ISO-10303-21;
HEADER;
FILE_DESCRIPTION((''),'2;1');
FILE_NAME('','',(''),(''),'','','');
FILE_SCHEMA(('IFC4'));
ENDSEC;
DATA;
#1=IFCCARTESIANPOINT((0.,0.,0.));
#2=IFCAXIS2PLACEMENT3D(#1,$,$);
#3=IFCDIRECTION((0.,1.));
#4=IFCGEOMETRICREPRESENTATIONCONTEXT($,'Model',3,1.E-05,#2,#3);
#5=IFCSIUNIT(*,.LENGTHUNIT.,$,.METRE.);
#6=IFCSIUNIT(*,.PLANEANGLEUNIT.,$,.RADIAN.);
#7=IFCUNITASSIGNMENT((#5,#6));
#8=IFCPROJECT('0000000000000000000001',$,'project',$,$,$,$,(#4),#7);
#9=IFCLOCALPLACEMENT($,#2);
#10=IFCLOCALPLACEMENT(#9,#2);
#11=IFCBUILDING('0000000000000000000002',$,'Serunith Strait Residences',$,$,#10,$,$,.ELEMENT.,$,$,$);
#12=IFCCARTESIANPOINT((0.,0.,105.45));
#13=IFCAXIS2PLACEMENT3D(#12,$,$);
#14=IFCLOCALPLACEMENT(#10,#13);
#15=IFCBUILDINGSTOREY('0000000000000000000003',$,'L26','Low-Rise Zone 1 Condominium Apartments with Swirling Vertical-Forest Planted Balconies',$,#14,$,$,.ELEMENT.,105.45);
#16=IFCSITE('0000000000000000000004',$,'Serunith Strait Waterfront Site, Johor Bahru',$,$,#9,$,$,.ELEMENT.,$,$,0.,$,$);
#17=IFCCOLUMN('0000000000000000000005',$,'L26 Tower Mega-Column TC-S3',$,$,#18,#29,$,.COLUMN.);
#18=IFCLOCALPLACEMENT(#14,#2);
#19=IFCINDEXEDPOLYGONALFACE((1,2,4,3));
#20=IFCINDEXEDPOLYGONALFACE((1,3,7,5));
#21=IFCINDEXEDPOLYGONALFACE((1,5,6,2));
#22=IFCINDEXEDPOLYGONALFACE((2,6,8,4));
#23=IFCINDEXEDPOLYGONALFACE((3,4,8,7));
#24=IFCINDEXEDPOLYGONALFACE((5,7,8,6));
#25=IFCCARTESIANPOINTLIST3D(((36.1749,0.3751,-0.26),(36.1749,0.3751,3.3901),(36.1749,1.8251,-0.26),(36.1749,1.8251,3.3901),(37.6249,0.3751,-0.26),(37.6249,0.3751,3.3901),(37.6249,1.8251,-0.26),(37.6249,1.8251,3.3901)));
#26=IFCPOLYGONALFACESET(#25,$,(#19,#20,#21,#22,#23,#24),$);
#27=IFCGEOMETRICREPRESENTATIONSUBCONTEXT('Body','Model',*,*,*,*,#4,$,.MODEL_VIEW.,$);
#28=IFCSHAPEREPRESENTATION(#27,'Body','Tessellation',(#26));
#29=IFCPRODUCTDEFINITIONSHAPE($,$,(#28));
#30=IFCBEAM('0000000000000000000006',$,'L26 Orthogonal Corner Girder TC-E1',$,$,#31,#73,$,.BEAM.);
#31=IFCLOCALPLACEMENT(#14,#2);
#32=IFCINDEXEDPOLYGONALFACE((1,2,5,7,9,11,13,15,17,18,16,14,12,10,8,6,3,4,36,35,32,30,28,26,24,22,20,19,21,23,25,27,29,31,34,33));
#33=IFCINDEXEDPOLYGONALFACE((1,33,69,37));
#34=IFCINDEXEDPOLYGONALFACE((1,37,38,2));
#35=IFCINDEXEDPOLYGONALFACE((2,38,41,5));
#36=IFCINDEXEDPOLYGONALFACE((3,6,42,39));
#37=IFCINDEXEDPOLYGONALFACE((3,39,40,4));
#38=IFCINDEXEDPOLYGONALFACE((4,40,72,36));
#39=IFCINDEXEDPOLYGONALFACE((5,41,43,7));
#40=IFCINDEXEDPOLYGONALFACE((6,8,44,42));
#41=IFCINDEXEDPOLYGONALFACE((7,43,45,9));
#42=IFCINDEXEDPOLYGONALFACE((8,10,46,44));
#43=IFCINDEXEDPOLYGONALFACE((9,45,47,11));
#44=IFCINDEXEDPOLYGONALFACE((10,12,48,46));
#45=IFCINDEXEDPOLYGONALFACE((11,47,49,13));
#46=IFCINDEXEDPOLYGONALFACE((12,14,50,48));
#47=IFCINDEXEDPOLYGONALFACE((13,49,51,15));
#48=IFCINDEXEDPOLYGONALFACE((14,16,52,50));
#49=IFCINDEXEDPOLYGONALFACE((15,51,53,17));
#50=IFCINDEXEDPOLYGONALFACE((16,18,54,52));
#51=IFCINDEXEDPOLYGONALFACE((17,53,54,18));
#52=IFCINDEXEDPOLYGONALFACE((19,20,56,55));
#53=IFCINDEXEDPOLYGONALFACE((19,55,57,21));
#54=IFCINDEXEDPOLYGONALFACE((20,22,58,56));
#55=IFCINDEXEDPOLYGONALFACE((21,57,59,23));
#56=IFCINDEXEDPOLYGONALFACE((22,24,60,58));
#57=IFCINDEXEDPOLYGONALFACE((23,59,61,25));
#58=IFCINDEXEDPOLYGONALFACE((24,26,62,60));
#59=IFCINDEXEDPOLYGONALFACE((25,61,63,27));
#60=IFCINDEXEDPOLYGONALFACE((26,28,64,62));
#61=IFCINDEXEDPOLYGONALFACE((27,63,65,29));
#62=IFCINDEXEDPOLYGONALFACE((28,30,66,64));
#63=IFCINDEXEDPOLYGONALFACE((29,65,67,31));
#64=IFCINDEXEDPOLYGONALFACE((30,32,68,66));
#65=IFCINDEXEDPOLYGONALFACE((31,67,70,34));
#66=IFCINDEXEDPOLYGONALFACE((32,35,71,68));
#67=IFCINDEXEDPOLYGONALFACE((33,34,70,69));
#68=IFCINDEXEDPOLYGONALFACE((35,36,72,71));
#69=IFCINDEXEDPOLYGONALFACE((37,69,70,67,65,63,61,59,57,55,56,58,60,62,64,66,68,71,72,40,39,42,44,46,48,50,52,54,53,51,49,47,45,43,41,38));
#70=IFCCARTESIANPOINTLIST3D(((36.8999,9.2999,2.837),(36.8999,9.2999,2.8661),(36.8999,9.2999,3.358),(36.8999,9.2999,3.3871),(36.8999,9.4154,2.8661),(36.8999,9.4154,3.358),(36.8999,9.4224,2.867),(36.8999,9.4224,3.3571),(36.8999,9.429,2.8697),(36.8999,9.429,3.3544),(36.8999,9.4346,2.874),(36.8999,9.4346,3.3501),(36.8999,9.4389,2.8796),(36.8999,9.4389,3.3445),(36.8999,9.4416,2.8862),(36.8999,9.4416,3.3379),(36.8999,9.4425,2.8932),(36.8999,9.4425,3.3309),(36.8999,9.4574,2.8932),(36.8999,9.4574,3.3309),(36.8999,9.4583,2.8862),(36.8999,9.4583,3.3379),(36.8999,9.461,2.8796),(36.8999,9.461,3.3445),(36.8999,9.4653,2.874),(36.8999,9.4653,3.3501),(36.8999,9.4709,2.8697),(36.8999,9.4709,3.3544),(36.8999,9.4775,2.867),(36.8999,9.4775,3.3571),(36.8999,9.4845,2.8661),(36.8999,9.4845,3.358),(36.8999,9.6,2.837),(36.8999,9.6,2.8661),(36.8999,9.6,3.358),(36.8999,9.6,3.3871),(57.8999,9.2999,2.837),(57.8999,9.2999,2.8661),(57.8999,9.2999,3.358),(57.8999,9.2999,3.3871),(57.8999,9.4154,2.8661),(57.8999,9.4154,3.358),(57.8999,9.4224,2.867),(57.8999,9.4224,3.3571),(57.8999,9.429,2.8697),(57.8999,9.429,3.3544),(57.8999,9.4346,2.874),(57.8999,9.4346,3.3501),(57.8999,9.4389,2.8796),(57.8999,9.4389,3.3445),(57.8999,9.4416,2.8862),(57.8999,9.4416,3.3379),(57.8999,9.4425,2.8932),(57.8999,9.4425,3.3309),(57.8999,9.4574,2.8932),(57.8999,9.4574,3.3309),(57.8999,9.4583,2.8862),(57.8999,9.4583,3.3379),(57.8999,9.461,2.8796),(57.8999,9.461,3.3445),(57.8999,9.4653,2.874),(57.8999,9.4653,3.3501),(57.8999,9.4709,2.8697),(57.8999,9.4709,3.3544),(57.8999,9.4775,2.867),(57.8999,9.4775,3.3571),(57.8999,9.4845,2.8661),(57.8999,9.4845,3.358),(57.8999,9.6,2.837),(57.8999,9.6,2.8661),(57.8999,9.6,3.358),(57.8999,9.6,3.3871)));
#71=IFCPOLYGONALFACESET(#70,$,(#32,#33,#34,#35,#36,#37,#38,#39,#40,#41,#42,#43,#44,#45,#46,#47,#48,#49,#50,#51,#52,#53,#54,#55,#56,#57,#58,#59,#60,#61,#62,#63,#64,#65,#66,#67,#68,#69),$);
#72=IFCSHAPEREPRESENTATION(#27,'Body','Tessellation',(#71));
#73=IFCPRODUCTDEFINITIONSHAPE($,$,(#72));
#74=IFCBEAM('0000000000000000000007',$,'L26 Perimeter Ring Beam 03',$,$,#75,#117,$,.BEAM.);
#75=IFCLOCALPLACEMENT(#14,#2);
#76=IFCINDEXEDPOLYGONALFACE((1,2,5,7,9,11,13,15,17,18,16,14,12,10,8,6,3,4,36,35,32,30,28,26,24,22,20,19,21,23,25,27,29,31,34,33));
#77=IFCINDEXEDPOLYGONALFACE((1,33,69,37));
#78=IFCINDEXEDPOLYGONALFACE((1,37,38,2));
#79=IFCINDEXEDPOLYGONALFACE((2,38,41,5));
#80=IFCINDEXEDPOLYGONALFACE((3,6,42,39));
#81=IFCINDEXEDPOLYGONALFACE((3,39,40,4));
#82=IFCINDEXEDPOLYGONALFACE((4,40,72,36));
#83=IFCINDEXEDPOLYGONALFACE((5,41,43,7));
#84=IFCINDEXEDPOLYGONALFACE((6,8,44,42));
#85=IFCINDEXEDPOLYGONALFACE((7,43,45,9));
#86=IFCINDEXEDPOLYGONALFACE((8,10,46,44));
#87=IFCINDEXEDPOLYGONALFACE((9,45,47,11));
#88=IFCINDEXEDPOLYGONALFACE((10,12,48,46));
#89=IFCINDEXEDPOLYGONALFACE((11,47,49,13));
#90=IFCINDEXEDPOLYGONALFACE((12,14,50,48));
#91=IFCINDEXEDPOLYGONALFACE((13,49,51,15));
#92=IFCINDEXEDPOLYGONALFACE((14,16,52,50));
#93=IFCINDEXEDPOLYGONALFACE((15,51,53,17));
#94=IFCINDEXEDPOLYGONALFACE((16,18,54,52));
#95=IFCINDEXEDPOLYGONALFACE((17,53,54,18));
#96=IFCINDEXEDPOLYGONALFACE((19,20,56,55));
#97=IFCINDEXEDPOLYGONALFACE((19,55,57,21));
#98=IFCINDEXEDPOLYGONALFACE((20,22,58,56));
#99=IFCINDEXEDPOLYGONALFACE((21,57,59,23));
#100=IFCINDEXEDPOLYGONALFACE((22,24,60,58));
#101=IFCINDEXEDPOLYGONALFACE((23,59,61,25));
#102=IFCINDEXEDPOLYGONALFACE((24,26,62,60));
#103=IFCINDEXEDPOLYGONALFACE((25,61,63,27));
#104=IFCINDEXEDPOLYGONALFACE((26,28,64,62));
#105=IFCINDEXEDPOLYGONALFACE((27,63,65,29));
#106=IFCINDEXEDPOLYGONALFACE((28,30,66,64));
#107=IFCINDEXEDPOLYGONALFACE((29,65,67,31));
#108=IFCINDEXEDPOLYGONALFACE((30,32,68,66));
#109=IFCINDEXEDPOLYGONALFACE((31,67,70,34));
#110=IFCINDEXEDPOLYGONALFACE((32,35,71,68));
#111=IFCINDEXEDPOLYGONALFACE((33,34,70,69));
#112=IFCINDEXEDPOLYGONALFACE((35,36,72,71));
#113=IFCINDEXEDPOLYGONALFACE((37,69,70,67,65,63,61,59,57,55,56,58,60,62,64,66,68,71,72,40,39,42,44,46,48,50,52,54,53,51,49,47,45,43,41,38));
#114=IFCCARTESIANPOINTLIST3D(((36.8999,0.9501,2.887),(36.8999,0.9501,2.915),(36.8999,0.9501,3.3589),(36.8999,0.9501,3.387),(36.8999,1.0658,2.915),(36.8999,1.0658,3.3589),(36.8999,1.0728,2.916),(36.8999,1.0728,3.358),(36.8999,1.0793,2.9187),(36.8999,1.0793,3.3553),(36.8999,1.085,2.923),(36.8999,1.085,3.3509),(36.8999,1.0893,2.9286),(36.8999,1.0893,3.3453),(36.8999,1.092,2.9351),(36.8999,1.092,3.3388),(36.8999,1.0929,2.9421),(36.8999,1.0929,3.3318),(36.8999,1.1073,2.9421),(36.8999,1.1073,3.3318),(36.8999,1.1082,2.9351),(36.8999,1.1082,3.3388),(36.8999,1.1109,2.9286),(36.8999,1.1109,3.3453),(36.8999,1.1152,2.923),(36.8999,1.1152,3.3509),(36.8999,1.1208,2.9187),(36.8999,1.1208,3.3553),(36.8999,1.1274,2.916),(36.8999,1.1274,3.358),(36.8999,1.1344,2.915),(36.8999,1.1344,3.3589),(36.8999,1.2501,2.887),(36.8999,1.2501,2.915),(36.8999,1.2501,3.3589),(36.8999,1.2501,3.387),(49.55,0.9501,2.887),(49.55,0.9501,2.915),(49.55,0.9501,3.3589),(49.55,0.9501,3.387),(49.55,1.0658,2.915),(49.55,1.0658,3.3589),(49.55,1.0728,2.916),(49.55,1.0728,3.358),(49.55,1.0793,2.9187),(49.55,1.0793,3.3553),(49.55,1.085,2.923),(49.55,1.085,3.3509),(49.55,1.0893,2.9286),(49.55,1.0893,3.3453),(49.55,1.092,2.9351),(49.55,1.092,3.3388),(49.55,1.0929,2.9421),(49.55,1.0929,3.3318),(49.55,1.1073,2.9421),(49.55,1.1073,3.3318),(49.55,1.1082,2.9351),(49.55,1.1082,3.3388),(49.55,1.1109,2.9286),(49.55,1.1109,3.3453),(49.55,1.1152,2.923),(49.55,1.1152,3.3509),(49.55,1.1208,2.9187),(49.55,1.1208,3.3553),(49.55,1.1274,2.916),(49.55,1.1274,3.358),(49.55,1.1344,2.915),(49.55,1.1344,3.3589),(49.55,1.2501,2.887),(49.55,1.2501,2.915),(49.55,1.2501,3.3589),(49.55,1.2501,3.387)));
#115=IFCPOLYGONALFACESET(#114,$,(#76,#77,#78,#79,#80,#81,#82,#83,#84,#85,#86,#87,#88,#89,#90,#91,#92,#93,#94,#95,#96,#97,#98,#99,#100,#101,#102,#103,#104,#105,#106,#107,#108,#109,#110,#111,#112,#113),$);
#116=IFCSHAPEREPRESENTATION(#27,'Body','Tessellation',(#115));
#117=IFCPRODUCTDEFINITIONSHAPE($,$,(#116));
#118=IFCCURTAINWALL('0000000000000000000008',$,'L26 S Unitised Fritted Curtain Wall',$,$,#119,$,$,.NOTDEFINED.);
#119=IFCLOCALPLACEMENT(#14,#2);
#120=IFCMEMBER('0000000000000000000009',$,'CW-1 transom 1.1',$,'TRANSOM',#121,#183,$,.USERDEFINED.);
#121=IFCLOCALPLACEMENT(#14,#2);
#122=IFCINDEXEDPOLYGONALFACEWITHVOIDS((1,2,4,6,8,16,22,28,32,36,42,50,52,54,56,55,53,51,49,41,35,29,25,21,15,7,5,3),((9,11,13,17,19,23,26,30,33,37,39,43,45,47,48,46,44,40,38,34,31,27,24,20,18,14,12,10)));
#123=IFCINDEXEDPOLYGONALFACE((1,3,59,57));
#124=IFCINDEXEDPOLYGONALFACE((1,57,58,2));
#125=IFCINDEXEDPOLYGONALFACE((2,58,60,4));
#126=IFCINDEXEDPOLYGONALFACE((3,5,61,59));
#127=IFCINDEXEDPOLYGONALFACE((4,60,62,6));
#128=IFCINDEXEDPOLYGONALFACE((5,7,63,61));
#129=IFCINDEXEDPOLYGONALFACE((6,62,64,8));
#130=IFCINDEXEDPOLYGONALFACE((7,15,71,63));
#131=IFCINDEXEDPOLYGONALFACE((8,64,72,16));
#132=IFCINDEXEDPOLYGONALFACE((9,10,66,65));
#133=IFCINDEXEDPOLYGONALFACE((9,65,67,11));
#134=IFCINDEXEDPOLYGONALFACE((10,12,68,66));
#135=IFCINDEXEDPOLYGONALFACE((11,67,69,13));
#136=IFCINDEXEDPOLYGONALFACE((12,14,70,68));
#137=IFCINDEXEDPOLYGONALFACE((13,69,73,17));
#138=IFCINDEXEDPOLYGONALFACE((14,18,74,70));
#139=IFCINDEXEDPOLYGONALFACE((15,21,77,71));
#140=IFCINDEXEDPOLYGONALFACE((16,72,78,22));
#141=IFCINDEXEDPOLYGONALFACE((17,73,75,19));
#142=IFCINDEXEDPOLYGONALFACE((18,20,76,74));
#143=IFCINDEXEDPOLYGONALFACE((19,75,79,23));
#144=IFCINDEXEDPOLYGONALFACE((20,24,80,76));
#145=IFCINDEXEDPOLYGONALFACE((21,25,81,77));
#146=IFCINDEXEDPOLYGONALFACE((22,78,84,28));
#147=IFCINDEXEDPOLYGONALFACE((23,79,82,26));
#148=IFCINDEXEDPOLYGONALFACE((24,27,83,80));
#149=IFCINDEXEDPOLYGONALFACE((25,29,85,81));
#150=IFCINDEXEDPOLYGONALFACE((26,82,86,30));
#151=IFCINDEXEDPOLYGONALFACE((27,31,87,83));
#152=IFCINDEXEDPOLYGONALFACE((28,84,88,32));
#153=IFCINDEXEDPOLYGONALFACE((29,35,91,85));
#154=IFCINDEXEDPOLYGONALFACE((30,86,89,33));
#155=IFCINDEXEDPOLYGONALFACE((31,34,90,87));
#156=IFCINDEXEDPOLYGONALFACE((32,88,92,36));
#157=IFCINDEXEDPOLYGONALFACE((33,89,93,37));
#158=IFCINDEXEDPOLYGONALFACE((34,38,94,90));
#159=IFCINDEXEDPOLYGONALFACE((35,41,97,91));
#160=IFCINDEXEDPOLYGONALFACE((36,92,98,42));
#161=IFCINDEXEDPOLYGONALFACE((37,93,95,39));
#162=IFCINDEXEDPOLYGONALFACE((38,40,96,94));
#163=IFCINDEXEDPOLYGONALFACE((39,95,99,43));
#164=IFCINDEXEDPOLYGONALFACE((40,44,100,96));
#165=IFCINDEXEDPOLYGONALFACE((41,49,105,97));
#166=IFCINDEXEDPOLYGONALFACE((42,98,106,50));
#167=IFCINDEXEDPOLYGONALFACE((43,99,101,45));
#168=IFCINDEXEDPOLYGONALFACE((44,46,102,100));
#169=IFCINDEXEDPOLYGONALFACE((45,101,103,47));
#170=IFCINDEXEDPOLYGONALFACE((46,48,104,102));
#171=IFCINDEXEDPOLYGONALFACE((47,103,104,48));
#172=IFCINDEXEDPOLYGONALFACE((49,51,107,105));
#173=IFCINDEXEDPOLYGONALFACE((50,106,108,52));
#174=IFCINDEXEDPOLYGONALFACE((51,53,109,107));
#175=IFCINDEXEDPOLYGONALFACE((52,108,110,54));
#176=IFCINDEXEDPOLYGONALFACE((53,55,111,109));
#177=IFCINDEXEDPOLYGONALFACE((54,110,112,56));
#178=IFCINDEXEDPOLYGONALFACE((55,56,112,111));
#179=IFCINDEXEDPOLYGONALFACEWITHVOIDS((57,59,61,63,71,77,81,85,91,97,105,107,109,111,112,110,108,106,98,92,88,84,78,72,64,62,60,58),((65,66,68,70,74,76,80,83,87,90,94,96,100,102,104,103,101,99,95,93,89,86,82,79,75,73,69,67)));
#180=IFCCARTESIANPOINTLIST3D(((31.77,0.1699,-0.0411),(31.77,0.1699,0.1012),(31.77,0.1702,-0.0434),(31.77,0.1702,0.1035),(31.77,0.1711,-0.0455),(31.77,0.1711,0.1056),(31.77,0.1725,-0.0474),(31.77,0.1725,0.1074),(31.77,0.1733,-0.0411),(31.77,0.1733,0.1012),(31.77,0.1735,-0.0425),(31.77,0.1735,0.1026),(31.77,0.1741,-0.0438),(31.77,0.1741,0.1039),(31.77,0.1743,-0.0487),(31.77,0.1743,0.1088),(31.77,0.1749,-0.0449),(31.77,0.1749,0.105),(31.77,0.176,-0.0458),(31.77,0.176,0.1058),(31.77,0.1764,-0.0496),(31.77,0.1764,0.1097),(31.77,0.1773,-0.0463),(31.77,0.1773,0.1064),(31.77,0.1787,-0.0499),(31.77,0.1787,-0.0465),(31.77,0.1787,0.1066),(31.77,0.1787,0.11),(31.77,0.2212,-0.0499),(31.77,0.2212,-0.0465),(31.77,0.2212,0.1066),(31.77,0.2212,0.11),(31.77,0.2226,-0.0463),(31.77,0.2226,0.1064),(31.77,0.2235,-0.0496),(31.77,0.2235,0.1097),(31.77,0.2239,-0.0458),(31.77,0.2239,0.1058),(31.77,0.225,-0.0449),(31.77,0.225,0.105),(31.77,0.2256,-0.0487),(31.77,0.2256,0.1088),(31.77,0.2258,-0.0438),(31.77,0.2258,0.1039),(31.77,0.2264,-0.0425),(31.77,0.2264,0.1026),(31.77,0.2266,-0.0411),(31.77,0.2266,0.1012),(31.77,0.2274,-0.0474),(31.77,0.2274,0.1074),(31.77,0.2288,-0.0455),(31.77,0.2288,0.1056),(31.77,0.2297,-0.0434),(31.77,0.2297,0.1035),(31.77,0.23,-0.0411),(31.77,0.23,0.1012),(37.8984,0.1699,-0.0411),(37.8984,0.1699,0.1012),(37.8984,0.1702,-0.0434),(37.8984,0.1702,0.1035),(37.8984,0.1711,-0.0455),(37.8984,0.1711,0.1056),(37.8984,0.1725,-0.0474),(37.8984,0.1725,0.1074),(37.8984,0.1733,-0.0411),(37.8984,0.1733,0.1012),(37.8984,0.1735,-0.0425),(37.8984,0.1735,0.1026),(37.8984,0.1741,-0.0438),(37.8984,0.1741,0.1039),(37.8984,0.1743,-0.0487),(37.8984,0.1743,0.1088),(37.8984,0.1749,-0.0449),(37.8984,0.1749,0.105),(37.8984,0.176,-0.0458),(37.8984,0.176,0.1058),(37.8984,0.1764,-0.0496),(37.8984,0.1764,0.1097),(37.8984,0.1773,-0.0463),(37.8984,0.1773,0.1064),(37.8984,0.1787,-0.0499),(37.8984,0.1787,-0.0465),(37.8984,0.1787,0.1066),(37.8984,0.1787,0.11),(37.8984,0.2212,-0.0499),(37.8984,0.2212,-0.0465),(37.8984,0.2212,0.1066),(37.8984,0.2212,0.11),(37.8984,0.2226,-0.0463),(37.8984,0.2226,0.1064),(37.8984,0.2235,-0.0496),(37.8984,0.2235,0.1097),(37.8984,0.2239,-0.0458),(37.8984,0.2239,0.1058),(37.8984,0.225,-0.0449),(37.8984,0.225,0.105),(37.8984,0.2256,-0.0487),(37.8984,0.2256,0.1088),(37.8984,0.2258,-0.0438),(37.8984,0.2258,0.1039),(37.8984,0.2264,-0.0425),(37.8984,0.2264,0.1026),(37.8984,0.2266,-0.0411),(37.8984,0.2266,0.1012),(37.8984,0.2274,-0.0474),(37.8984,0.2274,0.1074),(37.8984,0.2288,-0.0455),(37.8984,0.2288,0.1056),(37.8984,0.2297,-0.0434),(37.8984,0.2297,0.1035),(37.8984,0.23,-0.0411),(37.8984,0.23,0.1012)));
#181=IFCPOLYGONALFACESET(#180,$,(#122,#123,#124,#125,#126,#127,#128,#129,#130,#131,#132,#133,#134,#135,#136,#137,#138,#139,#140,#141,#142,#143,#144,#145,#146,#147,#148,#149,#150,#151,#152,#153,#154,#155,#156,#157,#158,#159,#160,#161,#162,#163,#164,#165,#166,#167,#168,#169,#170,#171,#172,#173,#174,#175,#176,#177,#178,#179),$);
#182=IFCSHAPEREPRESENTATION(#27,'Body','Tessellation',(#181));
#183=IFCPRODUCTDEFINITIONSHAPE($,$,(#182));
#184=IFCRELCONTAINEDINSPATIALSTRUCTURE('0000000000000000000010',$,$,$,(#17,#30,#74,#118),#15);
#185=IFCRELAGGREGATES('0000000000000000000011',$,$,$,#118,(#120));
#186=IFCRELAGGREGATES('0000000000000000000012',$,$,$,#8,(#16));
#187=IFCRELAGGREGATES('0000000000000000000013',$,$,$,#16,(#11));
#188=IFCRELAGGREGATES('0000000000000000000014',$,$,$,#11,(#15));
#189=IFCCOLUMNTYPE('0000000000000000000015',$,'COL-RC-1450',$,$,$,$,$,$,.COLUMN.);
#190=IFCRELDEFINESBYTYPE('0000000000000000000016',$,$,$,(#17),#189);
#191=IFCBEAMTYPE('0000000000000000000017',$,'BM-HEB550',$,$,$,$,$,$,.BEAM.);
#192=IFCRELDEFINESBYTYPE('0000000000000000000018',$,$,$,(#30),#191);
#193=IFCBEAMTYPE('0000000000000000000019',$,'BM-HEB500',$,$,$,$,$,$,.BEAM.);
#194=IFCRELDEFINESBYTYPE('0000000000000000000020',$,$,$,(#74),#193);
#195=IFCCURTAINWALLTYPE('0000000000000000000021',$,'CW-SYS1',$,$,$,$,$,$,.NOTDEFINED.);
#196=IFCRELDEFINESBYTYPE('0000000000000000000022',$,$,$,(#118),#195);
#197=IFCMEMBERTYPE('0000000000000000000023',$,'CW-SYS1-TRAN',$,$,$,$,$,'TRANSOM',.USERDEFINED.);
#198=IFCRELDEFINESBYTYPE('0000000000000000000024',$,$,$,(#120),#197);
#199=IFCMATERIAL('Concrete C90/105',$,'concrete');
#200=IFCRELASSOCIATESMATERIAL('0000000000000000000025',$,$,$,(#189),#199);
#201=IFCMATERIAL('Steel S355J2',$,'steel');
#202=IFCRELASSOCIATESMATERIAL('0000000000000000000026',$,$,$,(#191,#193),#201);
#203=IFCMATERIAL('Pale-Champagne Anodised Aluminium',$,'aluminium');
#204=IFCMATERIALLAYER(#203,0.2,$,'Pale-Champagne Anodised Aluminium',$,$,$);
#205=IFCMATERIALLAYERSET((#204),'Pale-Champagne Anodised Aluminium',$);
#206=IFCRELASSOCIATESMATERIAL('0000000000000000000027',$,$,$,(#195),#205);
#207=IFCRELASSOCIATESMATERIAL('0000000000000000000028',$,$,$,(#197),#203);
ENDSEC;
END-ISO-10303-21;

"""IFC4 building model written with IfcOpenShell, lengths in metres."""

from ifc_helpers import new_model, si_unit, direction, frame, origin, origin_2d, place, context, subcontext, project, spatial, rectangle, hollow_rectangle, i_section, extrude, source, transform, mapped, material, layer, layer_set, material_profile, profile_set, type_object, element, aggregate, save


model = new_model("IFC4")

# Units and contexts
model_context = context("Model", 3, precision=1e-05, world=origin(), true_north=direction((0.0, 1.0)))
body_context = subcontext(model_context, "Body", "Model", "MODEL_VIEW")
ifc_project = project(units=[si_unit("LENGTHUNIT", "METRE"), si_unit("PLANEANGLEUNIT", "RADIAN")], contexts=[model_context])

# Site, building, storey
site_placement = place(None, origin())
site = spatial("IfcSite", under=ifc_project, at=site_placement, Name="Serunith Strait Waterfront Site, Johor Bahru", CompositionType="ELEMENT", RefElevation=0.0)
building_placement = place(site_placement, origin())
building = spatial("IfcBuilding", under=site, at=building_placement, Name="Serunith Strait Residences", CompositionType="ELEMENT")
storey_placement = place(building_placement, frame((0.0, 0.0, 105.45)))
storey = spatial("IfcBuildingStorey", under=building, at=storey_placement, Name="L26", Description="Low-Rise Zone 1 Condominium Apartments with Swirling Vertical-Forest Planted Balconies", CompositionType="ELEMENT", Elevation=105.45)

# Column
ifc_material_1 = material(Name="Concrete C90/105", Category="concrete")
ifc_material_profile_1 = material_profile(ifc_material_1, rectangle(XDim=1.45, YDim=1.45, at=origin_2d()), Name="RC 1450x1450")
ifc_profile_set_1 = profile_set([ifc_material_profile_1], Name="Concrete C90/105")
column_type = type_object("IfcColumnType", Name="COL-RC-1450", PredefinedType="COLUMN", material=ifc_profile_set_1)
shared_shape_1 = source(origin(), body_context, "Body", "SweptSolid", [
    extrude(rectangle(XDim=1.45, YDim=1.45, at=origin_2d()), origin(), (0.0, 0.0, 1.0), 3.6501),
])
column_placement = place(storey_placement, frame((36.8999, 1.1001, -0.26), z_axis=(0.0, 0.0, 1.0), x_axis=(1.0, 0.0, 0.0)))
element("IfcColumn", 1, at=column_placement, inside=storey, type_object=column_type, Name="L26 Tower Mega-Column TC-S3", PredefinedType="COLUMN", context=body_context, shape_type="MappedRepresentation", body=[
    mapped(shared_shape_1, transform((0.0, 0.0, 0.0), scale=1.0)),
])

# Beams
ifc_material_2 = material(Name="Steel S355J2", Category="steel")
ifc_material_profile_2 = material_profile(ifc_material_2, i_section(OverallWidth=0.3, OverallDepth=0.55, WebThickness=0.0149, FlangeThickness=0.0291, FilletRadius=0.0271, at=origin_2d()), Name="HEB 550")
ifc_profile_set_2 = profile_set([ifc_material_profile_2], Name="Steel S355J2")
beam_type_1 = type_object("IfcBeamType", Name="BM-HEB550", PredefinedType="BEAM", material=ifc_profile_set_2)
shared_shape_2 = source(origin(), body_context, "Body", "SweptSolid", [
    extrude(i_section(OverallWidth=0.3, OverallDepth=0.55, WebThickness=0.0149, FlangeThickness=0.0291, FilletRadius=0.0271, at=origin_2d()), origin(), (0.0, 0.0, 1.0), 21.0),
])
beam_1_placement = place(storey_placement, frame((36.8999, 9.45, 3.1121), z_axis=(1.0, 0.0, 0.0), x_axis=(0.0, 1.0, 0.0)))
element("IfcBeam", 2, at=beam_1_placement, inside=storey, type_object=beam_type_1, Name="L26 Orthogonal Corner Girder TC-E1", PredefinedType="BEAM", context=body_context, shape_type="MappedRepresentation", body=[
    mapped(shared_shape_2, transform((0.0, 0.0, 0.0), scale=1.0)),
])
ifc_material_profile_3 = material_profile(ifc_material_2, i_section(OverallWidth=0.3, OverallDepth=0.5, WebThickness=0.0144, FlangeThickness=0.0281, FilletRadius=0.0271, at=origin_2d()), Name="HEB 500")
ifc_profile_set_3 = profile_set([ifc_material_profile_3], Name="Steel S355J2")
beam_type_2 = type_object("IfcBeamType", Name="BM-HEB500", PredefinedType="BEAM", material=ifc_profile_set_3)
shared_shape_3 = source(origin(), body_context, "Body", "SweptSolid", [
    extrude(i_section(OverallWidth=0.3, OverallDepth=0.5, WebThickness=0.0144, FlangeThickness=0.0281, FilletRadius=0.0271, at=origin_2d()), origin(), (0.0, 0.0, 1.0), 12.6501),
])
beam_2_placement = place(storey_placement, frame((36.8999, 1.1001, 3.137), z_axis=(1.0, 0.0, 0.0), x_axis=(0.0, 1.0, 0.0)))
element("IfcBeam", 3, at=beam_2_placement, inside=storey, type_object=beam_type_2, Name="L26 Perimeter Ring Beam 03", PredefinedType="BEAM", context=body_context, shape_type="MappedRepresentation", body=[
    mapped(shared_shape_3, transform((0.0, 0.0, 0.0), scale=1.0)),
])

# Curtain wall, member
ifc_material_3 = material(Name="Pale-Champagne Anodised Aluminium", Category="aluminium")
ifc_layer_1 = layer(ifc_material_3, 0.2, Name="Pale-Champagne Anodised Aluminium")
ifc_layer_set_1 = layer_set([ifc_layer_1], Name="Pale-Champagne Anodised Aluminium")
curtain_wall_type = type_object("IfcCurtainWallType", Name="CW-SYS1", PredefinedType="NOTDEFINED", material=ifc_layer_set_1)
curtain_wall_placement = place(storey_placement, origin())
curtain_wall = element("IfcCurtainWall", 4, at=curtain_wall_placement, inside=storey, type_object=curtain_wall_type, Name="L26 S Unitised Fritted Curtain Wall", PredefinedType="NOTDEFINED")
ifc_material_profile_4 = material_profile(ifc_material_3, hollow_rectangle(XDim=0.0601, YDim=0.1599, WallThickness=0.0034, InnerFilletRadius=0.0054, OuterFilletRadius=0.0088, at=origin_2d()), Name="ALU 160x60x3.5")
ifc_profile_set_4 = profile_set([ifc_material_profile_4], Name="Pale-Champagne Anodised Aluminium")
member_type_1 = type_object("IfcMemberType", Name="CW-SYS1-TRAN", ElementType="TRANSOM", PredefinedType="USERDEFINED", material=ifc_profile_set_4)
shared_shape_4 = source(origin(), body_context, "Body", "SweptSolid", [
    extrude(hollow_rectangle(XDim=0.0601, YDim=0.1599, WallThickness=0.0034, InnerFilletRadius=0.0054, OuterFilletRadius=0.0088, at=origin_2d()), origin(), (0.0, 0.0, 1.0), 6.1284),
])
member_1_placement = place(storey_placement, frame((31.77, 0.2, 0.03), z_axis=(1.0, 0.0, 0.0), x_axis=(0.0, 1.0, 0.0)))
member_1 = element("IfcMember", 5, at=member_1_placement, type_object=member_type_1, Name="CW-1 transom 1.1", ObjectType="TRANSOM", PredefinedType="USERDEFINED", context=body_context, shape_type="MappedRepresentation", body=[
    mapped(shared_shape_4, transform((0.0, 0.0, 0.0), scale=1.0)),
])
aggregate(curtain_wall, [member_1])

save(model, "model.ifc")
